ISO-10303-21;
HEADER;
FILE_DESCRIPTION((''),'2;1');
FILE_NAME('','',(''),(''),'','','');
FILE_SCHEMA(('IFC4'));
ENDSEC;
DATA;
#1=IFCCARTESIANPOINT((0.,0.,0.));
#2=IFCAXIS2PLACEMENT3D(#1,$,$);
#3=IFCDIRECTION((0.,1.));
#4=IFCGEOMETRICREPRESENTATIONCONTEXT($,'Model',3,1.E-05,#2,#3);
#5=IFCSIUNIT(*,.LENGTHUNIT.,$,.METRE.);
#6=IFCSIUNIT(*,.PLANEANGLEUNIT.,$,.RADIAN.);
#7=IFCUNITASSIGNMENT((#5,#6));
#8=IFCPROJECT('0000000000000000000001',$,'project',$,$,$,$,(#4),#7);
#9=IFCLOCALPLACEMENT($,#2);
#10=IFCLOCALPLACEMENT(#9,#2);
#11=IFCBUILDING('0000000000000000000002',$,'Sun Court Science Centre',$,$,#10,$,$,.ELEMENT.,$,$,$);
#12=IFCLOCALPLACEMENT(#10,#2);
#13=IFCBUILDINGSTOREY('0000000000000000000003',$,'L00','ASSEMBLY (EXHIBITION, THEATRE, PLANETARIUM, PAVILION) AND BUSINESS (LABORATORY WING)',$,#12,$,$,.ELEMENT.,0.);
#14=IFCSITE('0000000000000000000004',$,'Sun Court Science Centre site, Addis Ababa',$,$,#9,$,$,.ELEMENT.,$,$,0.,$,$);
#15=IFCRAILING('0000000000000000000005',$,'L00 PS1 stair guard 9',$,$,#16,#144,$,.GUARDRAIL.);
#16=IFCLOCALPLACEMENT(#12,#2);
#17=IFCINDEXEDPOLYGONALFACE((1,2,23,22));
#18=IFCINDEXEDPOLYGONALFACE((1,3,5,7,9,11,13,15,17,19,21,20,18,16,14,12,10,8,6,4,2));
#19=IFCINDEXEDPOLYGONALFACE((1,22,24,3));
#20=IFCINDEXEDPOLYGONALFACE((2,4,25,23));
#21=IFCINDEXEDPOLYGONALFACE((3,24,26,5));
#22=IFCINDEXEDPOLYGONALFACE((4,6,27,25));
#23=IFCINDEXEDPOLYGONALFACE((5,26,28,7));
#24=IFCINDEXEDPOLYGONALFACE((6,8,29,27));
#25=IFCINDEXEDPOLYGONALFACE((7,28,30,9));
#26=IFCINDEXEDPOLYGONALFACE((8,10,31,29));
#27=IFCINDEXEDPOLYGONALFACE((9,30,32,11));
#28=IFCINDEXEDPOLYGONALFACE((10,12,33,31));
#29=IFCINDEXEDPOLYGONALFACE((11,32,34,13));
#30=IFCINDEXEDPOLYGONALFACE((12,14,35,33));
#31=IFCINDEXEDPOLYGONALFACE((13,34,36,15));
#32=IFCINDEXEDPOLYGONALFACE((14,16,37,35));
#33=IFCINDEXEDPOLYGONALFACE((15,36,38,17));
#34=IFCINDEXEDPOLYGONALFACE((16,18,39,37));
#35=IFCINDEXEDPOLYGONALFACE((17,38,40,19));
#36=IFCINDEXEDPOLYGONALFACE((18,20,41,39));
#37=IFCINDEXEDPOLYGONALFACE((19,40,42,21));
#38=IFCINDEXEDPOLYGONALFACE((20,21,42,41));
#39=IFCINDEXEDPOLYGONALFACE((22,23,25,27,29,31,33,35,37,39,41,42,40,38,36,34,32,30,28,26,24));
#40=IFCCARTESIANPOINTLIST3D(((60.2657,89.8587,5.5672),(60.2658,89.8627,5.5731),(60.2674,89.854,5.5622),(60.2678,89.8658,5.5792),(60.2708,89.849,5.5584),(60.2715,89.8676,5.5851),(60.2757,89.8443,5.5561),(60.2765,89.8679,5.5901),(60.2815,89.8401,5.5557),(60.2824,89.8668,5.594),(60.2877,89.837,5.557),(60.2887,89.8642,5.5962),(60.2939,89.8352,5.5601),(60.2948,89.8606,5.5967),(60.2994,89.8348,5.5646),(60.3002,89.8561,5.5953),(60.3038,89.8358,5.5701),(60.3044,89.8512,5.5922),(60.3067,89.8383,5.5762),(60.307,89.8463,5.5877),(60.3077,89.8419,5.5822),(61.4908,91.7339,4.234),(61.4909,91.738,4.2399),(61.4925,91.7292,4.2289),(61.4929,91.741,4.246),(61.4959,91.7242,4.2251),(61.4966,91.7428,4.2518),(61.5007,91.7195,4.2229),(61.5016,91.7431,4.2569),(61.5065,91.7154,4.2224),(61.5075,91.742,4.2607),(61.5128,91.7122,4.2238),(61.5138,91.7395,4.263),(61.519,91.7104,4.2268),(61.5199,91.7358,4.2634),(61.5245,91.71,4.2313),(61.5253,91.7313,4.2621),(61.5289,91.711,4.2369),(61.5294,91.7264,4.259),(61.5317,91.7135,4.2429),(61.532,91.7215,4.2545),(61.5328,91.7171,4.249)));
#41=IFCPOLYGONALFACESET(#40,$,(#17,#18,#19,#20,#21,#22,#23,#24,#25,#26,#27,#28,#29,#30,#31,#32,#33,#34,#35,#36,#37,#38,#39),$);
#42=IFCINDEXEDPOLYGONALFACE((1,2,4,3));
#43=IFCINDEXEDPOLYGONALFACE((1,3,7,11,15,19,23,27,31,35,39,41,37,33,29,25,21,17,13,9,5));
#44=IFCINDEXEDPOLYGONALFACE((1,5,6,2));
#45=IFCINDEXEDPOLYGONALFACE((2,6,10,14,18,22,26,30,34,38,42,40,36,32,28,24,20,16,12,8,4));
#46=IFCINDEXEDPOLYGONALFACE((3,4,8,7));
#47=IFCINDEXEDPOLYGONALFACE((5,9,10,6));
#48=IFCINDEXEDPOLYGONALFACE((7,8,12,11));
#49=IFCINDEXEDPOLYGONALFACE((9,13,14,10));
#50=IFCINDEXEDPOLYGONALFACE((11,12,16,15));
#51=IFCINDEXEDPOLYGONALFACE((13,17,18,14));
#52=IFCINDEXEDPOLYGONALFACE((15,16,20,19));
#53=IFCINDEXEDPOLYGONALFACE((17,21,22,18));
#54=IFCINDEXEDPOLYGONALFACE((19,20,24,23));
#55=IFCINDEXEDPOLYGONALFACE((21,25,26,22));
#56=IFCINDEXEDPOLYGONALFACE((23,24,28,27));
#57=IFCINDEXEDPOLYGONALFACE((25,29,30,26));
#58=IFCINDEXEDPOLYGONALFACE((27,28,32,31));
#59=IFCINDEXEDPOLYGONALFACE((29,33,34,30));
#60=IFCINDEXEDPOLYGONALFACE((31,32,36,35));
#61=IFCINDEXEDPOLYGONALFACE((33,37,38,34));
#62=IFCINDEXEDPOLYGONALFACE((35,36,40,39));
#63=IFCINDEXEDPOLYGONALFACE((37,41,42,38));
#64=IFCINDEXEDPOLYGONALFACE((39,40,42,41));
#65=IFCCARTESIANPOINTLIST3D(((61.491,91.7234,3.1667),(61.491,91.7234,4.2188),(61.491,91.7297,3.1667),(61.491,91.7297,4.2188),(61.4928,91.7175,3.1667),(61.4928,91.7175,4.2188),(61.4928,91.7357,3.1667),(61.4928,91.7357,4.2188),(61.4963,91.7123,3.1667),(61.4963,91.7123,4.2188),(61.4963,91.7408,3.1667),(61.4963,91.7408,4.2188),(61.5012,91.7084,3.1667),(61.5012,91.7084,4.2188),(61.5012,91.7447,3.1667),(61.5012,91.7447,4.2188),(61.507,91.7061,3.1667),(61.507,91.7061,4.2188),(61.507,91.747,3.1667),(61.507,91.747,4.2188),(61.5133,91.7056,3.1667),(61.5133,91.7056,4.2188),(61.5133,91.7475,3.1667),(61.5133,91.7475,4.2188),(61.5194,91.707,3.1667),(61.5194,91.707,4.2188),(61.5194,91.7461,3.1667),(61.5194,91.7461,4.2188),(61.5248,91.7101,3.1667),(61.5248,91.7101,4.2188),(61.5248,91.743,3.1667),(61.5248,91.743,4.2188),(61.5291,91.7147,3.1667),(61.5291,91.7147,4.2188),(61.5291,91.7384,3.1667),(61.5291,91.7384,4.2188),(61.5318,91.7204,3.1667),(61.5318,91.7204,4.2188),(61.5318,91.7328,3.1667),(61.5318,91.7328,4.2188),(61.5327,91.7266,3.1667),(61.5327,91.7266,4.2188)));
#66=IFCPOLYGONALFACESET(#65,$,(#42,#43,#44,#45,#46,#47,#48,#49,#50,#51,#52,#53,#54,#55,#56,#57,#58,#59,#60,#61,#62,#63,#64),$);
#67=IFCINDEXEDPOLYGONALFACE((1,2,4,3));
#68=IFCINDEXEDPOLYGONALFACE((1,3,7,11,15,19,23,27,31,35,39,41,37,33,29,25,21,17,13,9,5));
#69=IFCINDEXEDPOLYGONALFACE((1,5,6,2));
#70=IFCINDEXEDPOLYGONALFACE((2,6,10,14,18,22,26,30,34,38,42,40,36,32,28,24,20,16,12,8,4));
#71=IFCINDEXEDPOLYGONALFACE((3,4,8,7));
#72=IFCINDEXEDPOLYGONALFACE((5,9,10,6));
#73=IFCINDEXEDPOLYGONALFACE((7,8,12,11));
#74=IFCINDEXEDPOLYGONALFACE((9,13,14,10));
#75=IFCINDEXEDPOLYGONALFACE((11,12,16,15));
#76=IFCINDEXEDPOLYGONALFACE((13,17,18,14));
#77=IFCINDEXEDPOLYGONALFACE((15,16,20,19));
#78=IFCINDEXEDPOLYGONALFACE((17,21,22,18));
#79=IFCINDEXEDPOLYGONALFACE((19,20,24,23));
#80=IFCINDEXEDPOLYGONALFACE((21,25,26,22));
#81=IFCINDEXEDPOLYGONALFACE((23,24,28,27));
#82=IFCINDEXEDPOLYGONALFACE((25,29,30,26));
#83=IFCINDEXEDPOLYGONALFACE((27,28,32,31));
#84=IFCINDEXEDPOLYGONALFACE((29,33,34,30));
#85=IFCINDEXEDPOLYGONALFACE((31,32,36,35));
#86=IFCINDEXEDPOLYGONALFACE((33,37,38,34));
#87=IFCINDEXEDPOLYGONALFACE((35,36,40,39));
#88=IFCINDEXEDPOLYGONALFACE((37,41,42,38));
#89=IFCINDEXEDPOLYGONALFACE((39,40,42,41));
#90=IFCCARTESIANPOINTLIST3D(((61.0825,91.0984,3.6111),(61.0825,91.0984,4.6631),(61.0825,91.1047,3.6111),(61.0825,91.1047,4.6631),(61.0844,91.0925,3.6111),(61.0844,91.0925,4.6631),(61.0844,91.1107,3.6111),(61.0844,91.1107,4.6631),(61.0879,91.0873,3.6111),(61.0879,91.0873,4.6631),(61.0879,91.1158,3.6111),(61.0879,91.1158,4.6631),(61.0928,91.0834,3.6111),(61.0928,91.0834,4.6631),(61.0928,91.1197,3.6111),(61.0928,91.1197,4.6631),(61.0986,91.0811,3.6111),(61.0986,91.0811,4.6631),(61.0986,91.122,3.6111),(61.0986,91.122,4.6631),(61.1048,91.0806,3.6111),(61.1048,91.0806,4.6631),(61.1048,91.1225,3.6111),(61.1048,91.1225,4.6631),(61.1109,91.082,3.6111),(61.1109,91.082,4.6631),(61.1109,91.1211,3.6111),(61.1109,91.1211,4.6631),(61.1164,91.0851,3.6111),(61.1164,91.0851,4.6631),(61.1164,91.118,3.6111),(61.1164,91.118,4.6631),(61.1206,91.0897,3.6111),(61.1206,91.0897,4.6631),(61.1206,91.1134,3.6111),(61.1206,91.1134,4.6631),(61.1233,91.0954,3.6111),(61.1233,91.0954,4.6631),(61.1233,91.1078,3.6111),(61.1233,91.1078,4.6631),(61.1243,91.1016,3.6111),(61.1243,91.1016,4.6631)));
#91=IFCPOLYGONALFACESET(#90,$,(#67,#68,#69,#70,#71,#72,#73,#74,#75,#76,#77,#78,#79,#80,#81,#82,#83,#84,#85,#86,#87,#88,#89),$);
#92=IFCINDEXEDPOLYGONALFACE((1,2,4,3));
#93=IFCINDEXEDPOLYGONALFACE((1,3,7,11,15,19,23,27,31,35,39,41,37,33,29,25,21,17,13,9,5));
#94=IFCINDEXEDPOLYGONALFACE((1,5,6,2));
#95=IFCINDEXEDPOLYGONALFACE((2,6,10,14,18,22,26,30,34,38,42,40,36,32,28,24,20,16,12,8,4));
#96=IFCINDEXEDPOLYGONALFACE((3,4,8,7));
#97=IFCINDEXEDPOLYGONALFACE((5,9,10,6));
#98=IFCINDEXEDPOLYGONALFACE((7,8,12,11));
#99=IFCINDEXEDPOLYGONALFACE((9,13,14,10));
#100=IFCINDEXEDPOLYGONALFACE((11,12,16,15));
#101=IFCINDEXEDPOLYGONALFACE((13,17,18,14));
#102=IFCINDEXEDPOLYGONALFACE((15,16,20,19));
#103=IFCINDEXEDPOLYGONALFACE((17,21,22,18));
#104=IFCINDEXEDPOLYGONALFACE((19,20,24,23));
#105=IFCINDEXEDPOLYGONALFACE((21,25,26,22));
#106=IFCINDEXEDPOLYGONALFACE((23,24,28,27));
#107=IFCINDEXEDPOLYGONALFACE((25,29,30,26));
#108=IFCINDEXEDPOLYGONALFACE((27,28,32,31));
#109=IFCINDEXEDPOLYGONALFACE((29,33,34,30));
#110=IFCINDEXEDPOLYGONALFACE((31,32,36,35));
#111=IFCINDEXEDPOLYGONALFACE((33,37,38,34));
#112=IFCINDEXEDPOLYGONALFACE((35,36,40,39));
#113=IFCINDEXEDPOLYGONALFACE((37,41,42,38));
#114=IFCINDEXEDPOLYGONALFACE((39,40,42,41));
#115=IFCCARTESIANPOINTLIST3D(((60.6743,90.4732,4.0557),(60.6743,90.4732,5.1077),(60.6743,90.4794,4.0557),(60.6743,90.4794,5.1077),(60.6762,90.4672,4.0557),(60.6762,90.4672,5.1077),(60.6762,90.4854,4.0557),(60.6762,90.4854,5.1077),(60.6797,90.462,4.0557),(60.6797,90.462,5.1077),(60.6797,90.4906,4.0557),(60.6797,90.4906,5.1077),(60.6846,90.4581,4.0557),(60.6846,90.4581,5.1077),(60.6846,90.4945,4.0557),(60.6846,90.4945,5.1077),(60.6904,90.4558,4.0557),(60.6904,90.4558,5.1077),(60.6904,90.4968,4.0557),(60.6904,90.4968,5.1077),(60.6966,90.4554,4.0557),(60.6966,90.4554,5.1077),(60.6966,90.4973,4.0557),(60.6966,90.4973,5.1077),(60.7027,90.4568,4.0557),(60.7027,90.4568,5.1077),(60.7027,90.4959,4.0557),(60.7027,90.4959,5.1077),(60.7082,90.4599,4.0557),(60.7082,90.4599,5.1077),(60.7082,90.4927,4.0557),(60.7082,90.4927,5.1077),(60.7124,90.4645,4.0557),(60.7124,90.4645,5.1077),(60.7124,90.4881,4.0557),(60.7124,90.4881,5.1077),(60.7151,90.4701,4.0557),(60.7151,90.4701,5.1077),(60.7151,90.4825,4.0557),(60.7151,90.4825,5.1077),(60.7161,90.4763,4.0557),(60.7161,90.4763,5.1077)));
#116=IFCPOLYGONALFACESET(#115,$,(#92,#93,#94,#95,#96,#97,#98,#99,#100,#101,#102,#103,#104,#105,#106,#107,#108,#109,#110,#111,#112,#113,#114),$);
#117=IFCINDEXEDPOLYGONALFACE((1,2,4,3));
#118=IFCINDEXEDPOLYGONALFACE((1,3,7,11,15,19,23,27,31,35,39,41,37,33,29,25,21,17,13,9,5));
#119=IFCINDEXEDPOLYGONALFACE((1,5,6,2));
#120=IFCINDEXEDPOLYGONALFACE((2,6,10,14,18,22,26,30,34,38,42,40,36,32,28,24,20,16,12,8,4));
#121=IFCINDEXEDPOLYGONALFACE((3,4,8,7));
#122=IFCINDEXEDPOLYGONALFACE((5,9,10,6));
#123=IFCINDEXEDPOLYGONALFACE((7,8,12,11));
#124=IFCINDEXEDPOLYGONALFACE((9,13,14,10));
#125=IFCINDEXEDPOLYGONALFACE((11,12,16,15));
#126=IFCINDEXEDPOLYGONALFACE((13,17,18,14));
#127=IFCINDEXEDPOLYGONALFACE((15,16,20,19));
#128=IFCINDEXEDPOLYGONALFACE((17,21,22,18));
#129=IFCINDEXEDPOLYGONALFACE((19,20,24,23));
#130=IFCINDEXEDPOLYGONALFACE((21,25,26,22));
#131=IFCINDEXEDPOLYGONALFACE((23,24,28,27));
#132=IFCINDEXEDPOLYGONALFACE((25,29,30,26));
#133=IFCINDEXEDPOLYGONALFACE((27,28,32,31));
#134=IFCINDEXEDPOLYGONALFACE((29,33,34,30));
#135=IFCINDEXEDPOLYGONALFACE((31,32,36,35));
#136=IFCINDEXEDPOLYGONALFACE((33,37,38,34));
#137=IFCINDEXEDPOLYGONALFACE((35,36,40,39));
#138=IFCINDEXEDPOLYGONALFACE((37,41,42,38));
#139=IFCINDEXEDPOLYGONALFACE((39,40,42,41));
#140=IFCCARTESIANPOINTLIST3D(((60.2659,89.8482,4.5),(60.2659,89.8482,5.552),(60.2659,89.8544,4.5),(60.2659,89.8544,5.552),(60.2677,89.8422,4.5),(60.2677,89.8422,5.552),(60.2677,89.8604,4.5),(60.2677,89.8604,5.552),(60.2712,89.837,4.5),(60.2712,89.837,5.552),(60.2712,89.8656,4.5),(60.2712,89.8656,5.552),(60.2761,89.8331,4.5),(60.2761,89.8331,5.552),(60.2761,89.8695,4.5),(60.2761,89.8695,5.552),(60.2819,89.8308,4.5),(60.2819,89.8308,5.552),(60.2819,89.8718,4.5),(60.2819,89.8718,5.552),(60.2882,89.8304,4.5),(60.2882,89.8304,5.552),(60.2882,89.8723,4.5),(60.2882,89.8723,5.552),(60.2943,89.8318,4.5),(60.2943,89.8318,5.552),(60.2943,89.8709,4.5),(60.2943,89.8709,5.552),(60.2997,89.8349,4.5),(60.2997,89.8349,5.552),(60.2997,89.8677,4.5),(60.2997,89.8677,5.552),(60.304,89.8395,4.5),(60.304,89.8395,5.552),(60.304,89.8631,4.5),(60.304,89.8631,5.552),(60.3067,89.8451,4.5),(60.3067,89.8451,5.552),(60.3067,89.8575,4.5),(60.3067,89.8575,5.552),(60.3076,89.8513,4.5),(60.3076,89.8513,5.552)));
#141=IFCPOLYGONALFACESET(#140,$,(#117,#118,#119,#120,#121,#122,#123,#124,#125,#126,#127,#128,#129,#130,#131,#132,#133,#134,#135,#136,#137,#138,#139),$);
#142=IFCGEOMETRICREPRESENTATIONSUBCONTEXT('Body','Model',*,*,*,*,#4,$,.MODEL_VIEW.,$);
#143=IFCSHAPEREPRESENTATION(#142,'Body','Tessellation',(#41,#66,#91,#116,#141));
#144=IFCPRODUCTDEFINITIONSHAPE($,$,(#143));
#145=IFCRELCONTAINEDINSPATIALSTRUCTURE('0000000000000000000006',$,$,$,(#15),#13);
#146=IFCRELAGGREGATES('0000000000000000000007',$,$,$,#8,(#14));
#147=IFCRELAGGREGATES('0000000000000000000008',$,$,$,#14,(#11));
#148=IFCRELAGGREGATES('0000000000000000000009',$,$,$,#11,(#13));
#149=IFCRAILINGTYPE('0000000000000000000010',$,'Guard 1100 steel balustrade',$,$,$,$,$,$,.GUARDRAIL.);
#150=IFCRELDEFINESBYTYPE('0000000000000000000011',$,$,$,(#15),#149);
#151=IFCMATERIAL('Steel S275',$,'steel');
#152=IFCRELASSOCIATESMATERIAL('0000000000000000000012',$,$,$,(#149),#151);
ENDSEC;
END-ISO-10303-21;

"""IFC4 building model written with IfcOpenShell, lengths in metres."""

from ifc_helpers import new_model, si_unit, direction, frame, origin, origin_2d, place, context, subcontext, project, spatial, circle, extrude, material, type_object, element, save


model = new_model("IFC4")

# Units and contexts
model_context = context("Model", 3, precision=1e-05, world=origin(), true_north=direction((0.0, 1.0)))
body_context = subcontext(model_context, "Body", "Model", "MODEL_VIEW")
ifc_project = project(units=[si_unit("LENGTHUNIT", "METRE"), si_unit("PLANEANGLEUNIT", "RADIAN")], contexts=[model_context])

# Site, building, storey
site_placement = place(None, origin())
site = spatial("IfcSite", under=ifc_project, at=site_placement, Name="Sun Court Science Centre site, Addis Ababa", CompositionType="ELEMENT", RefElevation=0.0)
building_placement = place(site_placement, origin())
building = spatial("IfcBuilding", under=site, at=building_placement, Name="Sun Court Science Centre", CompositionType="ELEMENT")
storey_placement = place(building_placement, origin())
storey = spatial("IfcBuildingStorey", under=building, at=storey_placement, Name="L00", Description="ASSEMBLY (EXHIBITION, THEATRE, PLANETARIUM, PAVILION) AND BUSINESS (LABORATORY WING)", CompositionType="ELEMENT", Elevation=0.0)

# Railing
ifc_material_1 = material(Name="Steel S275", Category="steel")
railing_type = type_object("IfcRailingType", Name="Guard 1100 steel balustrade", PredefinedType="GUARDRAIL", material=ifc_material_1)
railing_1_placement = place(storey_placement, frame((61.5117, 91.7266, 3.1667)))
element("IfcRailing", 1, at=railing_1_placement, inside=storey, type_object=railing_type, Name="L00 PS1 stair guard 9", PredefinedType="GUARDRAIL", context=body_context, shape_type="SweptSolid", body=[
    extrude(circle(Radius=0.0239, at=origin_2d()), frame((0.0, 0.0, 1.0762), z_axis=(-0.469978, -0.71939, 0.511468), x_axis=(0.837179, -0.546929, 0.0)), (0.0, 0.0, 1.0), 2.6067),
    extrude(circle(Radius=0.021, at=origin_2d()), origin(), (0.0, 0.0, 1.0), 1.052),
    extrude(circle(Radius=0.021, at=origin_2d()), frame((-0.4084, -0.625, 0.4443)), (0.0, 0.0, 1.0), 1.052),
    extrude(circle(Radius=0.021, at=origin_2d()), frame((-0.8167, -1.2502, 0.8889)), (0.0, 0.0, 1.0), 1.052),
    extrude(circle(Radius=0.021, at=origin_2d()), frame((-1.2251, -1.8752, 1.3333)), (0.0, 0.0, 1.0), 1.052),
])

save(model, "model.ifc")
